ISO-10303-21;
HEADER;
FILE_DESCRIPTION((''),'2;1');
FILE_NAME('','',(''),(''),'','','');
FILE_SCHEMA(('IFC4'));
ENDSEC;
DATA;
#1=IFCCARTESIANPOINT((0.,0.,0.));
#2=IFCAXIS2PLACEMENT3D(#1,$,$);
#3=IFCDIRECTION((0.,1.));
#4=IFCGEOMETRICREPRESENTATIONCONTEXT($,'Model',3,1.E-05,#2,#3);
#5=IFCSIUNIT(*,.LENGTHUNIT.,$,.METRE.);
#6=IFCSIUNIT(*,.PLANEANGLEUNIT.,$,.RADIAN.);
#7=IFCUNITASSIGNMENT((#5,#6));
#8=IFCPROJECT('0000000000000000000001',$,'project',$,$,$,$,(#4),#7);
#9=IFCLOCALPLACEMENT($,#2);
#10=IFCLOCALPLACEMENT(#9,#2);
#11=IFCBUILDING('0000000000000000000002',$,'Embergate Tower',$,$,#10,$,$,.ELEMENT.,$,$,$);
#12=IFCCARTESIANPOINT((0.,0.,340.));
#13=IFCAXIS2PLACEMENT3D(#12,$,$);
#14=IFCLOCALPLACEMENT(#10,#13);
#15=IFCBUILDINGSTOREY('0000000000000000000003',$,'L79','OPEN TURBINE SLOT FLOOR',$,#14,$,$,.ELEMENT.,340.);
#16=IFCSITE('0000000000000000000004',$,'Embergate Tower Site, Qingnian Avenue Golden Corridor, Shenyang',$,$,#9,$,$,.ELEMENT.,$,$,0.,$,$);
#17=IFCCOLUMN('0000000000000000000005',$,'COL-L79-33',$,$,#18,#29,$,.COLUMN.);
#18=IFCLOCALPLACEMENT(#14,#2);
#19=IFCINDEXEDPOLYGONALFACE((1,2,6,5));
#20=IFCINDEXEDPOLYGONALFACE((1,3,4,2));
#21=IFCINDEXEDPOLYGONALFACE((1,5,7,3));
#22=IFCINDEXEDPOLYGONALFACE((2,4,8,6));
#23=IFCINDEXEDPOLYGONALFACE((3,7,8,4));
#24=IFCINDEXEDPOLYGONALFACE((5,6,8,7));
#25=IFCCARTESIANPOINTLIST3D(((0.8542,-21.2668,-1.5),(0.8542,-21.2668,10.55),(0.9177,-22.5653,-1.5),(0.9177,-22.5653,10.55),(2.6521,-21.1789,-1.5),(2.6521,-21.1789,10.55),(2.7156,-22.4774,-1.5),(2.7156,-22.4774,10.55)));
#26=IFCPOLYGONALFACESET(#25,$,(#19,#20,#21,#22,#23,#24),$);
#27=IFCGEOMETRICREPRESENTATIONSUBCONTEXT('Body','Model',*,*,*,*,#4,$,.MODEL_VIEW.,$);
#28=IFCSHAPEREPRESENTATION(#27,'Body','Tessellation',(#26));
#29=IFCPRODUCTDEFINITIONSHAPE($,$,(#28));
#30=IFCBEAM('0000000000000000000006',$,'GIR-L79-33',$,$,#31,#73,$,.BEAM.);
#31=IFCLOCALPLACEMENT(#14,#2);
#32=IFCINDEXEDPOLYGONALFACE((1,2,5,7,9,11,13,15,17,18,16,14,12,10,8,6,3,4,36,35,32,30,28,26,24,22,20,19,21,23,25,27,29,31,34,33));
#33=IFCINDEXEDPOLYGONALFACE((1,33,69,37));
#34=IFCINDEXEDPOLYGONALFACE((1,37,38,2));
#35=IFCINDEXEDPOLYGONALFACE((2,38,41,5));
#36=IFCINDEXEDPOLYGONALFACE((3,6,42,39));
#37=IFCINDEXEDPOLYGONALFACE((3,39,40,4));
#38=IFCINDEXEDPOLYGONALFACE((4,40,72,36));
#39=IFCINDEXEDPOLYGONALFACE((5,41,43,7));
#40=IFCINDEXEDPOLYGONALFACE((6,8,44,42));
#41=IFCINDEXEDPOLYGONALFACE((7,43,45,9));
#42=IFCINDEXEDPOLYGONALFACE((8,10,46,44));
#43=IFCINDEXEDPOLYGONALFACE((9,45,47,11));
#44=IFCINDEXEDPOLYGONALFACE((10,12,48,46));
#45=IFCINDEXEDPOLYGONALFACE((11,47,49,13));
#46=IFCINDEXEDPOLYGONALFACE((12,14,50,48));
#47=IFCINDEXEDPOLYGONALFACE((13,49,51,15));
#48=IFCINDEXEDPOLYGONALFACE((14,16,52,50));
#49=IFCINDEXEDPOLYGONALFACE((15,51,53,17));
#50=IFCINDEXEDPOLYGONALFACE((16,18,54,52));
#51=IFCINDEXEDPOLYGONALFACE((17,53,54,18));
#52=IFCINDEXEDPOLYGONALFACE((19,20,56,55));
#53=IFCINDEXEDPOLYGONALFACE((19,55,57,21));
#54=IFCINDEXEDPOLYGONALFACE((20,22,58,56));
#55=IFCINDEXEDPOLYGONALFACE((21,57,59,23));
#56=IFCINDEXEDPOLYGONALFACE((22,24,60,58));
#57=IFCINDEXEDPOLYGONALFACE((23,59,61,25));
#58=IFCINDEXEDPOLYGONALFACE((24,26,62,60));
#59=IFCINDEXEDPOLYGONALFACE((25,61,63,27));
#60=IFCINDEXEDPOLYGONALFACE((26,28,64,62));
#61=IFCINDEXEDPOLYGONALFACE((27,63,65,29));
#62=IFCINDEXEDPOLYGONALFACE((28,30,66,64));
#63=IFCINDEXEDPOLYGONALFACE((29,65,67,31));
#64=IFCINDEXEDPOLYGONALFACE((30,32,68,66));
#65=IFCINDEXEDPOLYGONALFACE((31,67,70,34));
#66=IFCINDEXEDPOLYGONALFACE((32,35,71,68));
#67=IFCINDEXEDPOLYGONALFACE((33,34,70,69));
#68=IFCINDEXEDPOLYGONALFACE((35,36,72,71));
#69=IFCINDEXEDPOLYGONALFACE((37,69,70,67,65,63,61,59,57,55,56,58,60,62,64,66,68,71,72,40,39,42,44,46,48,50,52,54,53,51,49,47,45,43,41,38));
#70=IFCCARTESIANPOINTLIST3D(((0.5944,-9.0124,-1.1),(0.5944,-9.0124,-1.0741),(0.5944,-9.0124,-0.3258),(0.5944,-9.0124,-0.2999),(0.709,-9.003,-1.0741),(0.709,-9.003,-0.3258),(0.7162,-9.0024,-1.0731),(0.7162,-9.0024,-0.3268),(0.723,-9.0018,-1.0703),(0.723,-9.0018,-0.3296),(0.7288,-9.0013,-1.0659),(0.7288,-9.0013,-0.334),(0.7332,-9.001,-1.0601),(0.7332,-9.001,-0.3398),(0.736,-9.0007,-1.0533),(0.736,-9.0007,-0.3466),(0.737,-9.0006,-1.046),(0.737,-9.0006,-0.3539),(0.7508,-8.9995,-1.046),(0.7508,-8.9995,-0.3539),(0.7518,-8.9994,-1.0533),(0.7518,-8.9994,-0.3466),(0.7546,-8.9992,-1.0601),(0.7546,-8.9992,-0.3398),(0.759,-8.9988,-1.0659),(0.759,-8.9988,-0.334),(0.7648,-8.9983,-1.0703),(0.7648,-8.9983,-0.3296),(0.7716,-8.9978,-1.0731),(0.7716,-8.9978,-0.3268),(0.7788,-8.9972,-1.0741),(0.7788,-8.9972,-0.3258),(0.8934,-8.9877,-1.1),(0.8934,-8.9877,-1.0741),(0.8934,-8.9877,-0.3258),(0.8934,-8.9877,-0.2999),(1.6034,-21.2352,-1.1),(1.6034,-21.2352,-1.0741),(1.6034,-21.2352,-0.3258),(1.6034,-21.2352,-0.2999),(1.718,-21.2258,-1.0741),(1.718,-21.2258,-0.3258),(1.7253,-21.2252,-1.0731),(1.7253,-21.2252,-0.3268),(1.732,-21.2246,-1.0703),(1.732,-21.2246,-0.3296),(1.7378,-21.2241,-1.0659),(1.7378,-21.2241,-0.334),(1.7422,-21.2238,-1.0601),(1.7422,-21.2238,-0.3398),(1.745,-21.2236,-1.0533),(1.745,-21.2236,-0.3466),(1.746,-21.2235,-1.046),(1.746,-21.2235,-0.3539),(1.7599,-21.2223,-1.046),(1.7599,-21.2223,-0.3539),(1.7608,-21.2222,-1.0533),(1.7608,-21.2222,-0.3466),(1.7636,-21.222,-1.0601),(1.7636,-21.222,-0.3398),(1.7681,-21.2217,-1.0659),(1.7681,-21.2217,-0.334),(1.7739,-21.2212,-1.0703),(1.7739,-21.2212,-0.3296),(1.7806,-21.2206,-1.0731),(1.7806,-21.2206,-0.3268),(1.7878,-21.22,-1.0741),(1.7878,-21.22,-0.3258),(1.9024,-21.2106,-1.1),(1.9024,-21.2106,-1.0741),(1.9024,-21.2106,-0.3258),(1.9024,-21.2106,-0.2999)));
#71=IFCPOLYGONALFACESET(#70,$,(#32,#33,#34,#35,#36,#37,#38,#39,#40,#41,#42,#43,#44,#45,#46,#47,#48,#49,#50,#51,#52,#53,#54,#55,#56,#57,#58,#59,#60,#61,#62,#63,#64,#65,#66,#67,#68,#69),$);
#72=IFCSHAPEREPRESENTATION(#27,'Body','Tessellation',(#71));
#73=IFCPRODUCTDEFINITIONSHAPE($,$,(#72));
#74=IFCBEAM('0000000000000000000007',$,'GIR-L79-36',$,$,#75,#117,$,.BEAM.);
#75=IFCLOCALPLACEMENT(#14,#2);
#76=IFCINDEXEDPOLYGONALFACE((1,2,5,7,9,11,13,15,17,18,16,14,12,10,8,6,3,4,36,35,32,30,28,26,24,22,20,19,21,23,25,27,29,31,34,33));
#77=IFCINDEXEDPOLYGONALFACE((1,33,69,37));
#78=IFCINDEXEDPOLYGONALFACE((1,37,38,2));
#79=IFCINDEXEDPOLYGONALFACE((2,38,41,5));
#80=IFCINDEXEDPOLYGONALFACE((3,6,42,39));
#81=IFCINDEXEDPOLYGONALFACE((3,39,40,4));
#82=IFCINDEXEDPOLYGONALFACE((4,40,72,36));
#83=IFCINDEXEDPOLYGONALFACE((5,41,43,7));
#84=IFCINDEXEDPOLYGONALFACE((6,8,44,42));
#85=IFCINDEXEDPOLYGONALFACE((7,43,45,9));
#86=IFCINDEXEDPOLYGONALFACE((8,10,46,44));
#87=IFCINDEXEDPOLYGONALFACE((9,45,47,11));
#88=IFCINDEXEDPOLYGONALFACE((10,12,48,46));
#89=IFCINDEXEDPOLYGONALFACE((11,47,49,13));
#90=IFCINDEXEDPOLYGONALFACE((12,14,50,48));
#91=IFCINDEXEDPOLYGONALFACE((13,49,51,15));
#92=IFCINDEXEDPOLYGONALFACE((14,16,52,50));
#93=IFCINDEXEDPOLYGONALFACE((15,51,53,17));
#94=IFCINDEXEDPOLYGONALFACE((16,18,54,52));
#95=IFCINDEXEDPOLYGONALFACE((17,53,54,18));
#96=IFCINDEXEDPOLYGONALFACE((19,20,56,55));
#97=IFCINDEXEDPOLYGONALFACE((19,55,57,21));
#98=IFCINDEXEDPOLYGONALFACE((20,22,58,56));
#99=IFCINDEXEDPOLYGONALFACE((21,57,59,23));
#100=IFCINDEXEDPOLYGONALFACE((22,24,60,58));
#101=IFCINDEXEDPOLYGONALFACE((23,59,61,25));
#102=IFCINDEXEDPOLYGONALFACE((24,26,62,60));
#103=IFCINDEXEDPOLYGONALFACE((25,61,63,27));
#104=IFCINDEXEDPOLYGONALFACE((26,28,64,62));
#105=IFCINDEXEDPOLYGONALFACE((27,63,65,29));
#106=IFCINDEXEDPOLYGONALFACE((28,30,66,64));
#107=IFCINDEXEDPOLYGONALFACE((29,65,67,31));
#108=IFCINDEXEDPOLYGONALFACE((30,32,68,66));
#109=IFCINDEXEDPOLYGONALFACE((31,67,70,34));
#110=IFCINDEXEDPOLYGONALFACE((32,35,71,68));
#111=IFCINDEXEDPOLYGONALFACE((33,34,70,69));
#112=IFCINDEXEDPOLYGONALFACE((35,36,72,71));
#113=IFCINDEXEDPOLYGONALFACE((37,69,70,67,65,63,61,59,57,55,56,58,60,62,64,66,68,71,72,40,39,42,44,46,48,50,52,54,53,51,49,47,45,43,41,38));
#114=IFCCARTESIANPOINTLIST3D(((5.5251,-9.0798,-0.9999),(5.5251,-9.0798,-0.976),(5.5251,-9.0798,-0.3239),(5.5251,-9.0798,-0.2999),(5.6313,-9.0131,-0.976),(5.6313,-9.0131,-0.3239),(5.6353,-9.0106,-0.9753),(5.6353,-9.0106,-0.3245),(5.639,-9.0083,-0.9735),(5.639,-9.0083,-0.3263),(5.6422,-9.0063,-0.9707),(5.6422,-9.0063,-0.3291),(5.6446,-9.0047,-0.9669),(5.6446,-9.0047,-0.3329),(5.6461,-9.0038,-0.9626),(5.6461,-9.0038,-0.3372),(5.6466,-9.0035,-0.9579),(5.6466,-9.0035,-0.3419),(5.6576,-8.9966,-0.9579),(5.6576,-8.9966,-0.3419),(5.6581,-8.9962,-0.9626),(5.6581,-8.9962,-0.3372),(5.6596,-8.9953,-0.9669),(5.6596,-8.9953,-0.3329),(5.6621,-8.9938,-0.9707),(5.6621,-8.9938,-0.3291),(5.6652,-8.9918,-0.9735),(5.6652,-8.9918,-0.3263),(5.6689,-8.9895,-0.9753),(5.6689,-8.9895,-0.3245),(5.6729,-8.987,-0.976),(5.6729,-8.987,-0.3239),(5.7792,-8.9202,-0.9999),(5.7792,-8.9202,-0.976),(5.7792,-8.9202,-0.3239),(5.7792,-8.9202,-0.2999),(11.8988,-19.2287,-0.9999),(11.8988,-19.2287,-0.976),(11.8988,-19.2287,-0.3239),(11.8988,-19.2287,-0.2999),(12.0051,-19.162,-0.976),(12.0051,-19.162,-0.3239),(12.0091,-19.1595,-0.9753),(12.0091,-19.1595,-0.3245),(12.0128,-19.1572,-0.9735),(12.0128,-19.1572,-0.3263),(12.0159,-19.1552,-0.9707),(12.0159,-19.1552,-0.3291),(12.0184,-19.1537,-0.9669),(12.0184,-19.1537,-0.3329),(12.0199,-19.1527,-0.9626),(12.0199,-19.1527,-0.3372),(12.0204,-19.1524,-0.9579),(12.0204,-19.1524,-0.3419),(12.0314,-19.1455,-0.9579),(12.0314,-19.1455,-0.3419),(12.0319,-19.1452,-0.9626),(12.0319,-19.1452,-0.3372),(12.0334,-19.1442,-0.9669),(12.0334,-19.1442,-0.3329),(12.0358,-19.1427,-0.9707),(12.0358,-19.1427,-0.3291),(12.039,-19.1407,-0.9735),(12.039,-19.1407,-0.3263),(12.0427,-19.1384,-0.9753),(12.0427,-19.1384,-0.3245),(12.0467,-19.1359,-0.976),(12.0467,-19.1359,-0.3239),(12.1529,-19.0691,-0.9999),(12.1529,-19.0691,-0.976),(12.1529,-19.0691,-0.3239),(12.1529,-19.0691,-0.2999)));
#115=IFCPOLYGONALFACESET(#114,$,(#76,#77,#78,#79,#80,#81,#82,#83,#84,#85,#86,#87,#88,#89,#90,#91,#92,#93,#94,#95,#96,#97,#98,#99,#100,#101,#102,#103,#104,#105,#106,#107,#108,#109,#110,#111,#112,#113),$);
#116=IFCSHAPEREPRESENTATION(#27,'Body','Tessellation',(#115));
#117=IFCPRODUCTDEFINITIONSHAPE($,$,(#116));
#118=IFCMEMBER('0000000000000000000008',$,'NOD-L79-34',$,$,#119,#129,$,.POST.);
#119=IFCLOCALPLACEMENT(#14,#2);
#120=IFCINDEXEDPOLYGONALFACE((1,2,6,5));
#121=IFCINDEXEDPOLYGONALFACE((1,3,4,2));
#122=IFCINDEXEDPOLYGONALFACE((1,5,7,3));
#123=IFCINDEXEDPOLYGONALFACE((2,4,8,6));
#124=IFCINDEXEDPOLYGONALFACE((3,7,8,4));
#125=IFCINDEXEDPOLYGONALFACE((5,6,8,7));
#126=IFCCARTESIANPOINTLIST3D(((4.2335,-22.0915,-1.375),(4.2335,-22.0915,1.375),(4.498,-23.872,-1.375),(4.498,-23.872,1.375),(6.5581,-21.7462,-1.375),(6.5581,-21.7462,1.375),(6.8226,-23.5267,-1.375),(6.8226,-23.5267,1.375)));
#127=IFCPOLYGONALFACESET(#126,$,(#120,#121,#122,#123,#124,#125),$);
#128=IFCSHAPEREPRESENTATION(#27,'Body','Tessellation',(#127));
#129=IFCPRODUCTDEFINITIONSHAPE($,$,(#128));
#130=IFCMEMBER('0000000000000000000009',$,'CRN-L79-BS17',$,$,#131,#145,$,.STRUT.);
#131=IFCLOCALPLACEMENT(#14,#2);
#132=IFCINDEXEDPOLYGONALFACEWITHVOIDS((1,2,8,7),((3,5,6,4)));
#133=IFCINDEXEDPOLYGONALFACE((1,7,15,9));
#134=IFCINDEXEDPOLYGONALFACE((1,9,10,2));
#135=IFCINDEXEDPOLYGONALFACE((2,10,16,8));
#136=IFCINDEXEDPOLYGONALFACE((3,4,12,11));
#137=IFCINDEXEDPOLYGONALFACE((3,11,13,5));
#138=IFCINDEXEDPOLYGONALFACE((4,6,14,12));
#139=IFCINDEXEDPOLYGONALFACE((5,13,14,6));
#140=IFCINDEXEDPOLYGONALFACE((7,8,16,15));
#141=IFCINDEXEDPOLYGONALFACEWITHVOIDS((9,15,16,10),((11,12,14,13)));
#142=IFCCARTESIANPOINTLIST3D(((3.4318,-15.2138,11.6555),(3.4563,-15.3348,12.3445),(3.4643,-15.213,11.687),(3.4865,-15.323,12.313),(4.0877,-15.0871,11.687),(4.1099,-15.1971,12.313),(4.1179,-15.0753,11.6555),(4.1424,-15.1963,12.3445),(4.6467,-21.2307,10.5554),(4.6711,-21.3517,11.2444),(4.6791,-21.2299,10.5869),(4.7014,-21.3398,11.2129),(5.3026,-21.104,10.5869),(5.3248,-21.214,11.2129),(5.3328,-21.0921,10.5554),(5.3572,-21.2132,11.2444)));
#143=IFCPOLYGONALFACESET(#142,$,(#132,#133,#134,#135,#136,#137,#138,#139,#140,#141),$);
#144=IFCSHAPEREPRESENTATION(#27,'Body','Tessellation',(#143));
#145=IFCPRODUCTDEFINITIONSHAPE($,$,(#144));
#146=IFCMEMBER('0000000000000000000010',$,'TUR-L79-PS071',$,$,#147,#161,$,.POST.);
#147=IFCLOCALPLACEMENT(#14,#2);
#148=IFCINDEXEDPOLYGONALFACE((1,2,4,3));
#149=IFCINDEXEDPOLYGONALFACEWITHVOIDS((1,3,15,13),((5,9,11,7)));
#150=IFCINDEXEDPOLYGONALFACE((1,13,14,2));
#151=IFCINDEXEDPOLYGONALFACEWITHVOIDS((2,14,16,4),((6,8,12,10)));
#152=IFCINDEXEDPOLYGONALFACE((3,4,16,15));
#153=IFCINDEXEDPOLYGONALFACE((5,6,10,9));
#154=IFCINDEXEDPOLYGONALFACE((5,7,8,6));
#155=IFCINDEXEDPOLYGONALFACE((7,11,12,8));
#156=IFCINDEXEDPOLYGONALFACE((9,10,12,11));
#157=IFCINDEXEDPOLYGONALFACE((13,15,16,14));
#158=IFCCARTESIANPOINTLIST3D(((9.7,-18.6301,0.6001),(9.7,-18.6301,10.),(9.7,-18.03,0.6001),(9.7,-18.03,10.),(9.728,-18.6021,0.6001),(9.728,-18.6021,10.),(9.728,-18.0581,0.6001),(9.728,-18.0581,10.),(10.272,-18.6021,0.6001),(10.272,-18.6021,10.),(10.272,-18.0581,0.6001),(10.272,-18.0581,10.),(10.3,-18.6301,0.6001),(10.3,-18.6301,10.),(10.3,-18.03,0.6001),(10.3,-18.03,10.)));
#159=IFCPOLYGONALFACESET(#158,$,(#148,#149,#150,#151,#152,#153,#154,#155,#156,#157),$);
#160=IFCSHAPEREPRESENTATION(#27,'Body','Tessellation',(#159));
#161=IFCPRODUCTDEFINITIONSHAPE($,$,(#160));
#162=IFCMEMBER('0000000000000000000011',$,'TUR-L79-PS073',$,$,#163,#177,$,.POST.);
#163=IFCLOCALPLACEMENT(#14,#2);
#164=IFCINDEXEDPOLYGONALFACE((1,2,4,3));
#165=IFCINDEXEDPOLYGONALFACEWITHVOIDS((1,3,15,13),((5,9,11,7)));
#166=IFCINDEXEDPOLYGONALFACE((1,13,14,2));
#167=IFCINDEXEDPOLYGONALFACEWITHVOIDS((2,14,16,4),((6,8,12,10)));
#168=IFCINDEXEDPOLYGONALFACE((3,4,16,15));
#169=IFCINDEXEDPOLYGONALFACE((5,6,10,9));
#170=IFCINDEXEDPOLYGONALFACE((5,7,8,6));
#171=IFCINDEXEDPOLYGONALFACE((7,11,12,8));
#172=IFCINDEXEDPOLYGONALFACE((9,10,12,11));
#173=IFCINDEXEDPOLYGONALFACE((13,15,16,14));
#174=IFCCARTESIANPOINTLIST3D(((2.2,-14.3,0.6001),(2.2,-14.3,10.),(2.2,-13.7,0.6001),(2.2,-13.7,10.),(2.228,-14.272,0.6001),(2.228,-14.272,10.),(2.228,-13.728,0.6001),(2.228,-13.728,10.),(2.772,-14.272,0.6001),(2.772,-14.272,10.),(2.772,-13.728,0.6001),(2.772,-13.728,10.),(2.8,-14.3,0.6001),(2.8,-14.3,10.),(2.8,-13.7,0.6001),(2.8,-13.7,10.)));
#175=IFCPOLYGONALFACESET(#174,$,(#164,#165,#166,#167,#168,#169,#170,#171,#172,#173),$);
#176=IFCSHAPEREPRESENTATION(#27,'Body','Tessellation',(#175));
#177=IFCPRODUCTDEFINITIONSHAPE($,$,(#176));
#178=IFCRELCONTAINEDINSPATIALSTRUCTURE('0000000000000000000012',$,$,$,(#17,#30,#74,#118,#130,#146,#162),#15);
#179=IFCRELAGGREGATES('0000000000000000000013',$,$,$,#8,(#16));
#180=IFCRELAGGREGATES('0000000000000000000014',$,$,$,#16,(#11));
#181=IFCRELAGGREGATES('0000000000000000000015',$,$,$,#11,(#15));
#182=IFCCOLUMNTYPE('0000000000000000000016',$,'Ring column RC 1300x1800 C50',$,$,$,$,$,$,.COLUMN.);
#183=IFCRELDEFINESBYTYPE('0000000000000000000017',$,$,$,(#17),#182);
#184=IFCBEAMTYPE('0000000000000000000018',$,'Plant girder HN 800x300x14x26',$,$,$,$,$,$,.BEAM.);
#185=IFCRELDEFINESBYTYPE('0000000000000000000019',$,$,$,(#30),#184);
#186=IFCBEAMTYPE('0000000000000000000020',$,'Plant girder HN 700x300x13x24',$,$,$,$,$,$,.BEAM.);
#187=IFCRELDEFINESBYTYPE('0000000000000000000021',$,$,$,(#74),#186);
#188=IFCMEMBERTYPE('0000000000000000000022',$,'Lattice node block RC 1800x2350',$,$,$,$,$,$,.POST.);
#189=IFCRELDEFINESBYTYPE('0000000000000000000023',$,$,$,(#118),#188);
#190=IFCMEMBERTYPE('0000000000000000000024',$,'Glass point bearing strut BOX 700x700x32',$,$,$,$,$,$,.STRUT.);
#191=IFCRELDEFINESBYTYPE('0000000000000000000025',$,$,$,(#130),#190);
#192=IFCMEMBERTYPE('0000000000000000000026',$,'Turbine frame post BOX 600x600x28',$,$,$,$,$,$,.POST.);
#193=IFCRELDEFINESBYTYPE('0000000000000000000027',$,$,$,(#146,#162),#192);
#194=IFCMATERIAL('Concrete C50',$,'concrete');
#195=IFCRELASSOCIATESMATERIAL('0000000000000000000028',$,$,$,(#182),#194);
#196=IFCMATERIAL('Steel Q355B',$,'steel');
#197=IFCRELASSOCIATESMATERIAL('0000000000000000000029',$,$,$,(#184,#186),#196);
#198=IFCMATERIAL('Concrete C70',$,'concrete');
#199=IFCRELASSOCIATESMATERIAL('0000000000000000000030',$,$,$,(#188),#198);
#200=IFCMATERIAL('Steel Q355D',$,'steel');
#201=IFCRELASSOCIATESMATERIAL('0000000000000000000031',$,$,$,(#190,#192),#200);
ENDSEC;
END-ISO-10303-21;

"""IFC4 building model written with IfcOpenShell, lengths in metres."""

from ifc_helpers import new_model, si_unit, direction, frame, origin, origin_2d, place, context, subcontext, project, spatial, rectangle, hollow_rectangle, i_section, extrude, source, transform, mapped, material, material_profile, profile_set, type_object, element, save


model = new_model("IFC4")

# Units and contexts
model_context = context("Model", 3, precision=1e-05, world=origin(), true_north=direction((0.0, 1.0)))
body_context = subcontext(model_context, "Body", "Model", "MODEL_VIEW")
ifc_project = project(units=[si_unit("LENGTHUNIT", "METRE"), si_unit("PLANEANGLEUNIT", "RADIAN")], contexts=[model_context])

# Site, building, storey
site_placement = place(None, origin())
site = spatial("IfcSite", under=ifc_project, at=site_placement, Name="Embergate Tower Site, Qingnian Avenue Golden Corridor, Shenyang", CompositionType="ELEMENT", RefElevation=0.0)
building_placement = place(site_placement, origin())
building = spatial("IfcBuilding", under=site, at=building_placement, Name="Embergate Tower", CompositionType="ELEMENT")
storey_placement = place(building_placement, frame((0.0, 0.0, 340.0)))
storey = spatial("IfcBuildingStorey", under=building, at=storey_placement, Name="L79", Description="OPEN TURBINE SLOT FLOOR", CompositionType="ELEMENT", Elevation=340.0)

# Column
ifc_material_1 = material(Name="Concrete C50", Category="concrete")
ifc_material_profile_1 = material_profile(ifc_material_1, rectangle(XDim=1.3, YDim=1.8, at=origin_2d()), Name="RC 1300x1800")
ifc_profile_set_1 = profile_set([ifc_material_profile_1], Name="Concrete C50")
column_type = type_object("IfcColumnType", Name="Ring column RC 1300x1800 C50", PredefinedType="COLUMN", material=ifc_profile_set_1)
shared_shape_1 = source(origin(), body_context, "Body", "SweptSolid", [
    extrude(rectangle(XDim=1.3, YDim=1.8, at=origin_2d()), origin(), (0.0, 0.0, 1.0), 12.05),
])
column_placement = place(storey_placement, frame((1.7849, -21.8721, -1.5), z_axis=(0.0, 0.0, 1.0), x_axis=(0.048815, -0.998808, 0.0)))
element("IfcColumn", 1, at=column_placement, inside=storey, type_object=column_type, Name="COL-L79-33", PredefinedType="COLUMN", context=body_context, shape_type="MappedRepresentation", body=[
    mapped(shared_shape_1, transform((0.0, 0.0, 0.0))),
])

# Beams
ifc_material_2 = material(Name="Steel Q355B", Category="steel")
ifc_material_profile_2 = material_profile(ifc_material_2, i_section(OverallWidth=0.3, OverallDepth=0.8, WebThickness=0.0139, FlangeThickness=0.0259, FilletRadius=0.0281, at=origin_2d()), Name="HN 800x300x14x26")
ifc_profile_set_2 = profile_set([ifc_material_profile_2], Name="Steel Q355 grade B")
beam_type_1 = type_object("IfcBeamType", Name="Plant girder HN 800x300x14x26", PredefinedType="BEAM", material=ifc_profile_set_2)
shared_shape_2 = source(origin(), body_context, "Body", "SweptSolid", [
    extrude(i_section(OverallWidth=0.3, OverallDepth=0.8, WebThickness=0.0139, FlangeThickness=0.0259, FilletRadius=0.0281, at=origin_2d()), origin(), (0.0, 0.0, 1.0), 12.2644),
])
beam_1_placement = place(storey_placement, frame((1.7529, -21.2229, -0.7), z_axis=(-0.082273, 0.99661, 0.0), x_axis=(-0.99661, -0.082273, 0.0)))
element("IfcBeam", 2, at=beam_1_placement, inside=storey, type_object=beam_type_1, Name="GIR-L79-33", PredefinedType="BEAM", context=body_context, shape_type="MappedRepresentation", body=[
    mapped(shared_shape_2, transform((0.0, 0.0, 0.0))),
])
ifc_material_profile_3 = material_profile(ifc_material_2, i_section(OverallWidth=0.3, OverallDepth=0.7, WebThickness=0.0129, FlangeThickness=0.0239, FilletRadius=0.0181, at=origin_2d()), Name="HN 700x300x13x24")
ifc_profile_set_3 = profile_set([ifc_material_profile_3], Name="Steel Q355 grade B")
beam_type_2 = type_object("IfcBeamType", Name="Plant girder HN 700x300x13x24", PredefinedType="BEAM", material=ifc_profile_set_3)
shared_shape_3 = source(origin(), body_context, "Body", "SweptSolid", [
    extrude(i_section(OverallWidth=0.3, OverallDepth=0.7, WebThickness=0.0129, FlangeThickness=0.0239, FilletRadius=0.0181, at=origin_2d()), origin(), (0.0, 0.0, 1.0), 11.9844),
])
beam_2_placement = place(storey_placement, frame((12.0259, -19.1489, -0.6499), z_axis=(-0.53184, 0.846845, 0.0), x_axis=(-0.846845, -0.53184, 0.0)))
element("IfcBeam", 3, at=beam_2_placement, inside=storey, type_object=beam_type_2, Name="GIR-L79-36", PredefinedType="BEAM", context=body_context, shape_type="MappedRepresentation", body=[
    mapped(shared_shape_3, transform((0.0, 0.0, 0.0))),
])

# Members
ifc_material_3 = material(Name="Concrete C70", Category="concrete")
ifc_material_profile_4 = material_profile(ifc_material_3, rectangle(XDim=1.8, YDim=2.3501, at=origin_2d()), Name="RC 1800x2350")
ifc_profile_set_4 = profile_set([ifc_material_profile_4], Name="Concrete C70")
member_type_1 = type_object("IfcMemberType", Name="Lattice node block RC 1800x2350", PredefinedType="POST", material=ifc_profile_set_4)
shared_shape_4 = source(origin(), body_context, "Body", "SweptSolid", [
    extrude(rectangle(XDim=1.8, YDim=2.3501, at=origin_2d()), origin(), (0.0, 0.0, 1.0), 2.75),
])
member_1_placement = place(storey_placement, frame((5.5281, -22.8091, -1.375), z_axis=(0.0, 0.0, 1.0), x_axis=(0.146929, -0.989147, 0.0)))
element("IfcMember", 4, at=member_1_placement, inside=storey, type_object=member_type_1, Name="NOD-L79-34", PredefinedType="POST", context=body_context, shape_type="MappedRepresentation", body=[
    mapped(shared_shape_4, transform((0.0, 0.0, 0.0))),
])
ifc_material_4 = material(Name="Steel Q355D", Category="steel")
ifc_material_profile_5 = material_profile(ifc_material_4, hollow_rectangle(XDim=0.7, YDim=0.7, WallThickness=0.032, at=origin_2d()), Name="BOX 700x700x32")
ifc_profile_set_5 = profile_set([ifc_material_profile_5], Name="Steel Q355 grade D")
member_type_2 = type_object("IfcMemberType", Name="Glass point bearing strut BOX 700x700x32", PredefinedType="STRUT", material=ifc_profile_set_5)
shared_shape_5 = source(origin(), body_context, "Body", "SweptSolid", [
    extrude(hollow_rectangle(XDim=0.7, YDim=0.7, WallThickness=0.032, at=origin_2d()), origin(), (0.0, 0.0, 1.0), 6.2361),
])
member_2_placement = place(storey_placement, frame((5.002, -21.2219, 10.8999), z_axis=(-0.194809, 0.964847, 0.176409), x_axis=(-0.98022, -0.197913, 0.0)))
element("IfcMember", 5, at=member_2_placement, inside=storey, type_object=member_type_2, Name="CRN-L79-BS17", PredefinedType="STRUT", context=body_context, shape_type="MappedRepresentation", body=[
    mapped(shared_shape_5, transform((0.0, 0.0, 0.0))),
])
ifc_material_profile_6 = material_profile(ifc_material_4, hollow_rectangle(XDim=0.6001, YDim=0.6001, WallThickness=0.0281, at=origin_2d()), Name="BOX 600x600x28")
ifc_profile_set_6 = profile_set([ifc_material_profile_6], Name="Steel Q355 grade D")
member_type_3 = type_object("IfcMemberType", Name="Turbine frame post BOX 600x600x28", PredefinedType="POST", material=ifc_profile_set_6)
shared_shape_6 = source(origin(), body_context, "Body", "SweptSolid", [
    extrude(hollow_rectangle(XDim=0.6001, YDim=0.6001, WallThickness=0.0281, at=origin_2d()), origin(), (0.0, 0.0, 1.0), 9.3999),
])
for number, where, z_axis, x_axis, name in (
    (6, (10.0, -18.3301, 0.6001), (0.0, 0.0, 1.0), (1.0, 0.0, 0.0), "TUR-L79-PS071"),
    (7, (2.5, -14.0, 0.6001), (0.0, 0.0, 1.0), (1.0, 0.0, 0.0), "TUR-L79-PS073"),
):
    element("IfcMember", number, at=place(storey_placement, frame(where, z_axis=z_axis, x_axis=x_axis)), inside=storey, type_object=member_type_3, Name=name, PredefinedType="POST", context=body_context, shape_type="MappedRepresentation", body=[
        mapped(shared_shape_6, transform((0.0, 0.0, 0.0))),
    ])

save(model, "model.ifc")
